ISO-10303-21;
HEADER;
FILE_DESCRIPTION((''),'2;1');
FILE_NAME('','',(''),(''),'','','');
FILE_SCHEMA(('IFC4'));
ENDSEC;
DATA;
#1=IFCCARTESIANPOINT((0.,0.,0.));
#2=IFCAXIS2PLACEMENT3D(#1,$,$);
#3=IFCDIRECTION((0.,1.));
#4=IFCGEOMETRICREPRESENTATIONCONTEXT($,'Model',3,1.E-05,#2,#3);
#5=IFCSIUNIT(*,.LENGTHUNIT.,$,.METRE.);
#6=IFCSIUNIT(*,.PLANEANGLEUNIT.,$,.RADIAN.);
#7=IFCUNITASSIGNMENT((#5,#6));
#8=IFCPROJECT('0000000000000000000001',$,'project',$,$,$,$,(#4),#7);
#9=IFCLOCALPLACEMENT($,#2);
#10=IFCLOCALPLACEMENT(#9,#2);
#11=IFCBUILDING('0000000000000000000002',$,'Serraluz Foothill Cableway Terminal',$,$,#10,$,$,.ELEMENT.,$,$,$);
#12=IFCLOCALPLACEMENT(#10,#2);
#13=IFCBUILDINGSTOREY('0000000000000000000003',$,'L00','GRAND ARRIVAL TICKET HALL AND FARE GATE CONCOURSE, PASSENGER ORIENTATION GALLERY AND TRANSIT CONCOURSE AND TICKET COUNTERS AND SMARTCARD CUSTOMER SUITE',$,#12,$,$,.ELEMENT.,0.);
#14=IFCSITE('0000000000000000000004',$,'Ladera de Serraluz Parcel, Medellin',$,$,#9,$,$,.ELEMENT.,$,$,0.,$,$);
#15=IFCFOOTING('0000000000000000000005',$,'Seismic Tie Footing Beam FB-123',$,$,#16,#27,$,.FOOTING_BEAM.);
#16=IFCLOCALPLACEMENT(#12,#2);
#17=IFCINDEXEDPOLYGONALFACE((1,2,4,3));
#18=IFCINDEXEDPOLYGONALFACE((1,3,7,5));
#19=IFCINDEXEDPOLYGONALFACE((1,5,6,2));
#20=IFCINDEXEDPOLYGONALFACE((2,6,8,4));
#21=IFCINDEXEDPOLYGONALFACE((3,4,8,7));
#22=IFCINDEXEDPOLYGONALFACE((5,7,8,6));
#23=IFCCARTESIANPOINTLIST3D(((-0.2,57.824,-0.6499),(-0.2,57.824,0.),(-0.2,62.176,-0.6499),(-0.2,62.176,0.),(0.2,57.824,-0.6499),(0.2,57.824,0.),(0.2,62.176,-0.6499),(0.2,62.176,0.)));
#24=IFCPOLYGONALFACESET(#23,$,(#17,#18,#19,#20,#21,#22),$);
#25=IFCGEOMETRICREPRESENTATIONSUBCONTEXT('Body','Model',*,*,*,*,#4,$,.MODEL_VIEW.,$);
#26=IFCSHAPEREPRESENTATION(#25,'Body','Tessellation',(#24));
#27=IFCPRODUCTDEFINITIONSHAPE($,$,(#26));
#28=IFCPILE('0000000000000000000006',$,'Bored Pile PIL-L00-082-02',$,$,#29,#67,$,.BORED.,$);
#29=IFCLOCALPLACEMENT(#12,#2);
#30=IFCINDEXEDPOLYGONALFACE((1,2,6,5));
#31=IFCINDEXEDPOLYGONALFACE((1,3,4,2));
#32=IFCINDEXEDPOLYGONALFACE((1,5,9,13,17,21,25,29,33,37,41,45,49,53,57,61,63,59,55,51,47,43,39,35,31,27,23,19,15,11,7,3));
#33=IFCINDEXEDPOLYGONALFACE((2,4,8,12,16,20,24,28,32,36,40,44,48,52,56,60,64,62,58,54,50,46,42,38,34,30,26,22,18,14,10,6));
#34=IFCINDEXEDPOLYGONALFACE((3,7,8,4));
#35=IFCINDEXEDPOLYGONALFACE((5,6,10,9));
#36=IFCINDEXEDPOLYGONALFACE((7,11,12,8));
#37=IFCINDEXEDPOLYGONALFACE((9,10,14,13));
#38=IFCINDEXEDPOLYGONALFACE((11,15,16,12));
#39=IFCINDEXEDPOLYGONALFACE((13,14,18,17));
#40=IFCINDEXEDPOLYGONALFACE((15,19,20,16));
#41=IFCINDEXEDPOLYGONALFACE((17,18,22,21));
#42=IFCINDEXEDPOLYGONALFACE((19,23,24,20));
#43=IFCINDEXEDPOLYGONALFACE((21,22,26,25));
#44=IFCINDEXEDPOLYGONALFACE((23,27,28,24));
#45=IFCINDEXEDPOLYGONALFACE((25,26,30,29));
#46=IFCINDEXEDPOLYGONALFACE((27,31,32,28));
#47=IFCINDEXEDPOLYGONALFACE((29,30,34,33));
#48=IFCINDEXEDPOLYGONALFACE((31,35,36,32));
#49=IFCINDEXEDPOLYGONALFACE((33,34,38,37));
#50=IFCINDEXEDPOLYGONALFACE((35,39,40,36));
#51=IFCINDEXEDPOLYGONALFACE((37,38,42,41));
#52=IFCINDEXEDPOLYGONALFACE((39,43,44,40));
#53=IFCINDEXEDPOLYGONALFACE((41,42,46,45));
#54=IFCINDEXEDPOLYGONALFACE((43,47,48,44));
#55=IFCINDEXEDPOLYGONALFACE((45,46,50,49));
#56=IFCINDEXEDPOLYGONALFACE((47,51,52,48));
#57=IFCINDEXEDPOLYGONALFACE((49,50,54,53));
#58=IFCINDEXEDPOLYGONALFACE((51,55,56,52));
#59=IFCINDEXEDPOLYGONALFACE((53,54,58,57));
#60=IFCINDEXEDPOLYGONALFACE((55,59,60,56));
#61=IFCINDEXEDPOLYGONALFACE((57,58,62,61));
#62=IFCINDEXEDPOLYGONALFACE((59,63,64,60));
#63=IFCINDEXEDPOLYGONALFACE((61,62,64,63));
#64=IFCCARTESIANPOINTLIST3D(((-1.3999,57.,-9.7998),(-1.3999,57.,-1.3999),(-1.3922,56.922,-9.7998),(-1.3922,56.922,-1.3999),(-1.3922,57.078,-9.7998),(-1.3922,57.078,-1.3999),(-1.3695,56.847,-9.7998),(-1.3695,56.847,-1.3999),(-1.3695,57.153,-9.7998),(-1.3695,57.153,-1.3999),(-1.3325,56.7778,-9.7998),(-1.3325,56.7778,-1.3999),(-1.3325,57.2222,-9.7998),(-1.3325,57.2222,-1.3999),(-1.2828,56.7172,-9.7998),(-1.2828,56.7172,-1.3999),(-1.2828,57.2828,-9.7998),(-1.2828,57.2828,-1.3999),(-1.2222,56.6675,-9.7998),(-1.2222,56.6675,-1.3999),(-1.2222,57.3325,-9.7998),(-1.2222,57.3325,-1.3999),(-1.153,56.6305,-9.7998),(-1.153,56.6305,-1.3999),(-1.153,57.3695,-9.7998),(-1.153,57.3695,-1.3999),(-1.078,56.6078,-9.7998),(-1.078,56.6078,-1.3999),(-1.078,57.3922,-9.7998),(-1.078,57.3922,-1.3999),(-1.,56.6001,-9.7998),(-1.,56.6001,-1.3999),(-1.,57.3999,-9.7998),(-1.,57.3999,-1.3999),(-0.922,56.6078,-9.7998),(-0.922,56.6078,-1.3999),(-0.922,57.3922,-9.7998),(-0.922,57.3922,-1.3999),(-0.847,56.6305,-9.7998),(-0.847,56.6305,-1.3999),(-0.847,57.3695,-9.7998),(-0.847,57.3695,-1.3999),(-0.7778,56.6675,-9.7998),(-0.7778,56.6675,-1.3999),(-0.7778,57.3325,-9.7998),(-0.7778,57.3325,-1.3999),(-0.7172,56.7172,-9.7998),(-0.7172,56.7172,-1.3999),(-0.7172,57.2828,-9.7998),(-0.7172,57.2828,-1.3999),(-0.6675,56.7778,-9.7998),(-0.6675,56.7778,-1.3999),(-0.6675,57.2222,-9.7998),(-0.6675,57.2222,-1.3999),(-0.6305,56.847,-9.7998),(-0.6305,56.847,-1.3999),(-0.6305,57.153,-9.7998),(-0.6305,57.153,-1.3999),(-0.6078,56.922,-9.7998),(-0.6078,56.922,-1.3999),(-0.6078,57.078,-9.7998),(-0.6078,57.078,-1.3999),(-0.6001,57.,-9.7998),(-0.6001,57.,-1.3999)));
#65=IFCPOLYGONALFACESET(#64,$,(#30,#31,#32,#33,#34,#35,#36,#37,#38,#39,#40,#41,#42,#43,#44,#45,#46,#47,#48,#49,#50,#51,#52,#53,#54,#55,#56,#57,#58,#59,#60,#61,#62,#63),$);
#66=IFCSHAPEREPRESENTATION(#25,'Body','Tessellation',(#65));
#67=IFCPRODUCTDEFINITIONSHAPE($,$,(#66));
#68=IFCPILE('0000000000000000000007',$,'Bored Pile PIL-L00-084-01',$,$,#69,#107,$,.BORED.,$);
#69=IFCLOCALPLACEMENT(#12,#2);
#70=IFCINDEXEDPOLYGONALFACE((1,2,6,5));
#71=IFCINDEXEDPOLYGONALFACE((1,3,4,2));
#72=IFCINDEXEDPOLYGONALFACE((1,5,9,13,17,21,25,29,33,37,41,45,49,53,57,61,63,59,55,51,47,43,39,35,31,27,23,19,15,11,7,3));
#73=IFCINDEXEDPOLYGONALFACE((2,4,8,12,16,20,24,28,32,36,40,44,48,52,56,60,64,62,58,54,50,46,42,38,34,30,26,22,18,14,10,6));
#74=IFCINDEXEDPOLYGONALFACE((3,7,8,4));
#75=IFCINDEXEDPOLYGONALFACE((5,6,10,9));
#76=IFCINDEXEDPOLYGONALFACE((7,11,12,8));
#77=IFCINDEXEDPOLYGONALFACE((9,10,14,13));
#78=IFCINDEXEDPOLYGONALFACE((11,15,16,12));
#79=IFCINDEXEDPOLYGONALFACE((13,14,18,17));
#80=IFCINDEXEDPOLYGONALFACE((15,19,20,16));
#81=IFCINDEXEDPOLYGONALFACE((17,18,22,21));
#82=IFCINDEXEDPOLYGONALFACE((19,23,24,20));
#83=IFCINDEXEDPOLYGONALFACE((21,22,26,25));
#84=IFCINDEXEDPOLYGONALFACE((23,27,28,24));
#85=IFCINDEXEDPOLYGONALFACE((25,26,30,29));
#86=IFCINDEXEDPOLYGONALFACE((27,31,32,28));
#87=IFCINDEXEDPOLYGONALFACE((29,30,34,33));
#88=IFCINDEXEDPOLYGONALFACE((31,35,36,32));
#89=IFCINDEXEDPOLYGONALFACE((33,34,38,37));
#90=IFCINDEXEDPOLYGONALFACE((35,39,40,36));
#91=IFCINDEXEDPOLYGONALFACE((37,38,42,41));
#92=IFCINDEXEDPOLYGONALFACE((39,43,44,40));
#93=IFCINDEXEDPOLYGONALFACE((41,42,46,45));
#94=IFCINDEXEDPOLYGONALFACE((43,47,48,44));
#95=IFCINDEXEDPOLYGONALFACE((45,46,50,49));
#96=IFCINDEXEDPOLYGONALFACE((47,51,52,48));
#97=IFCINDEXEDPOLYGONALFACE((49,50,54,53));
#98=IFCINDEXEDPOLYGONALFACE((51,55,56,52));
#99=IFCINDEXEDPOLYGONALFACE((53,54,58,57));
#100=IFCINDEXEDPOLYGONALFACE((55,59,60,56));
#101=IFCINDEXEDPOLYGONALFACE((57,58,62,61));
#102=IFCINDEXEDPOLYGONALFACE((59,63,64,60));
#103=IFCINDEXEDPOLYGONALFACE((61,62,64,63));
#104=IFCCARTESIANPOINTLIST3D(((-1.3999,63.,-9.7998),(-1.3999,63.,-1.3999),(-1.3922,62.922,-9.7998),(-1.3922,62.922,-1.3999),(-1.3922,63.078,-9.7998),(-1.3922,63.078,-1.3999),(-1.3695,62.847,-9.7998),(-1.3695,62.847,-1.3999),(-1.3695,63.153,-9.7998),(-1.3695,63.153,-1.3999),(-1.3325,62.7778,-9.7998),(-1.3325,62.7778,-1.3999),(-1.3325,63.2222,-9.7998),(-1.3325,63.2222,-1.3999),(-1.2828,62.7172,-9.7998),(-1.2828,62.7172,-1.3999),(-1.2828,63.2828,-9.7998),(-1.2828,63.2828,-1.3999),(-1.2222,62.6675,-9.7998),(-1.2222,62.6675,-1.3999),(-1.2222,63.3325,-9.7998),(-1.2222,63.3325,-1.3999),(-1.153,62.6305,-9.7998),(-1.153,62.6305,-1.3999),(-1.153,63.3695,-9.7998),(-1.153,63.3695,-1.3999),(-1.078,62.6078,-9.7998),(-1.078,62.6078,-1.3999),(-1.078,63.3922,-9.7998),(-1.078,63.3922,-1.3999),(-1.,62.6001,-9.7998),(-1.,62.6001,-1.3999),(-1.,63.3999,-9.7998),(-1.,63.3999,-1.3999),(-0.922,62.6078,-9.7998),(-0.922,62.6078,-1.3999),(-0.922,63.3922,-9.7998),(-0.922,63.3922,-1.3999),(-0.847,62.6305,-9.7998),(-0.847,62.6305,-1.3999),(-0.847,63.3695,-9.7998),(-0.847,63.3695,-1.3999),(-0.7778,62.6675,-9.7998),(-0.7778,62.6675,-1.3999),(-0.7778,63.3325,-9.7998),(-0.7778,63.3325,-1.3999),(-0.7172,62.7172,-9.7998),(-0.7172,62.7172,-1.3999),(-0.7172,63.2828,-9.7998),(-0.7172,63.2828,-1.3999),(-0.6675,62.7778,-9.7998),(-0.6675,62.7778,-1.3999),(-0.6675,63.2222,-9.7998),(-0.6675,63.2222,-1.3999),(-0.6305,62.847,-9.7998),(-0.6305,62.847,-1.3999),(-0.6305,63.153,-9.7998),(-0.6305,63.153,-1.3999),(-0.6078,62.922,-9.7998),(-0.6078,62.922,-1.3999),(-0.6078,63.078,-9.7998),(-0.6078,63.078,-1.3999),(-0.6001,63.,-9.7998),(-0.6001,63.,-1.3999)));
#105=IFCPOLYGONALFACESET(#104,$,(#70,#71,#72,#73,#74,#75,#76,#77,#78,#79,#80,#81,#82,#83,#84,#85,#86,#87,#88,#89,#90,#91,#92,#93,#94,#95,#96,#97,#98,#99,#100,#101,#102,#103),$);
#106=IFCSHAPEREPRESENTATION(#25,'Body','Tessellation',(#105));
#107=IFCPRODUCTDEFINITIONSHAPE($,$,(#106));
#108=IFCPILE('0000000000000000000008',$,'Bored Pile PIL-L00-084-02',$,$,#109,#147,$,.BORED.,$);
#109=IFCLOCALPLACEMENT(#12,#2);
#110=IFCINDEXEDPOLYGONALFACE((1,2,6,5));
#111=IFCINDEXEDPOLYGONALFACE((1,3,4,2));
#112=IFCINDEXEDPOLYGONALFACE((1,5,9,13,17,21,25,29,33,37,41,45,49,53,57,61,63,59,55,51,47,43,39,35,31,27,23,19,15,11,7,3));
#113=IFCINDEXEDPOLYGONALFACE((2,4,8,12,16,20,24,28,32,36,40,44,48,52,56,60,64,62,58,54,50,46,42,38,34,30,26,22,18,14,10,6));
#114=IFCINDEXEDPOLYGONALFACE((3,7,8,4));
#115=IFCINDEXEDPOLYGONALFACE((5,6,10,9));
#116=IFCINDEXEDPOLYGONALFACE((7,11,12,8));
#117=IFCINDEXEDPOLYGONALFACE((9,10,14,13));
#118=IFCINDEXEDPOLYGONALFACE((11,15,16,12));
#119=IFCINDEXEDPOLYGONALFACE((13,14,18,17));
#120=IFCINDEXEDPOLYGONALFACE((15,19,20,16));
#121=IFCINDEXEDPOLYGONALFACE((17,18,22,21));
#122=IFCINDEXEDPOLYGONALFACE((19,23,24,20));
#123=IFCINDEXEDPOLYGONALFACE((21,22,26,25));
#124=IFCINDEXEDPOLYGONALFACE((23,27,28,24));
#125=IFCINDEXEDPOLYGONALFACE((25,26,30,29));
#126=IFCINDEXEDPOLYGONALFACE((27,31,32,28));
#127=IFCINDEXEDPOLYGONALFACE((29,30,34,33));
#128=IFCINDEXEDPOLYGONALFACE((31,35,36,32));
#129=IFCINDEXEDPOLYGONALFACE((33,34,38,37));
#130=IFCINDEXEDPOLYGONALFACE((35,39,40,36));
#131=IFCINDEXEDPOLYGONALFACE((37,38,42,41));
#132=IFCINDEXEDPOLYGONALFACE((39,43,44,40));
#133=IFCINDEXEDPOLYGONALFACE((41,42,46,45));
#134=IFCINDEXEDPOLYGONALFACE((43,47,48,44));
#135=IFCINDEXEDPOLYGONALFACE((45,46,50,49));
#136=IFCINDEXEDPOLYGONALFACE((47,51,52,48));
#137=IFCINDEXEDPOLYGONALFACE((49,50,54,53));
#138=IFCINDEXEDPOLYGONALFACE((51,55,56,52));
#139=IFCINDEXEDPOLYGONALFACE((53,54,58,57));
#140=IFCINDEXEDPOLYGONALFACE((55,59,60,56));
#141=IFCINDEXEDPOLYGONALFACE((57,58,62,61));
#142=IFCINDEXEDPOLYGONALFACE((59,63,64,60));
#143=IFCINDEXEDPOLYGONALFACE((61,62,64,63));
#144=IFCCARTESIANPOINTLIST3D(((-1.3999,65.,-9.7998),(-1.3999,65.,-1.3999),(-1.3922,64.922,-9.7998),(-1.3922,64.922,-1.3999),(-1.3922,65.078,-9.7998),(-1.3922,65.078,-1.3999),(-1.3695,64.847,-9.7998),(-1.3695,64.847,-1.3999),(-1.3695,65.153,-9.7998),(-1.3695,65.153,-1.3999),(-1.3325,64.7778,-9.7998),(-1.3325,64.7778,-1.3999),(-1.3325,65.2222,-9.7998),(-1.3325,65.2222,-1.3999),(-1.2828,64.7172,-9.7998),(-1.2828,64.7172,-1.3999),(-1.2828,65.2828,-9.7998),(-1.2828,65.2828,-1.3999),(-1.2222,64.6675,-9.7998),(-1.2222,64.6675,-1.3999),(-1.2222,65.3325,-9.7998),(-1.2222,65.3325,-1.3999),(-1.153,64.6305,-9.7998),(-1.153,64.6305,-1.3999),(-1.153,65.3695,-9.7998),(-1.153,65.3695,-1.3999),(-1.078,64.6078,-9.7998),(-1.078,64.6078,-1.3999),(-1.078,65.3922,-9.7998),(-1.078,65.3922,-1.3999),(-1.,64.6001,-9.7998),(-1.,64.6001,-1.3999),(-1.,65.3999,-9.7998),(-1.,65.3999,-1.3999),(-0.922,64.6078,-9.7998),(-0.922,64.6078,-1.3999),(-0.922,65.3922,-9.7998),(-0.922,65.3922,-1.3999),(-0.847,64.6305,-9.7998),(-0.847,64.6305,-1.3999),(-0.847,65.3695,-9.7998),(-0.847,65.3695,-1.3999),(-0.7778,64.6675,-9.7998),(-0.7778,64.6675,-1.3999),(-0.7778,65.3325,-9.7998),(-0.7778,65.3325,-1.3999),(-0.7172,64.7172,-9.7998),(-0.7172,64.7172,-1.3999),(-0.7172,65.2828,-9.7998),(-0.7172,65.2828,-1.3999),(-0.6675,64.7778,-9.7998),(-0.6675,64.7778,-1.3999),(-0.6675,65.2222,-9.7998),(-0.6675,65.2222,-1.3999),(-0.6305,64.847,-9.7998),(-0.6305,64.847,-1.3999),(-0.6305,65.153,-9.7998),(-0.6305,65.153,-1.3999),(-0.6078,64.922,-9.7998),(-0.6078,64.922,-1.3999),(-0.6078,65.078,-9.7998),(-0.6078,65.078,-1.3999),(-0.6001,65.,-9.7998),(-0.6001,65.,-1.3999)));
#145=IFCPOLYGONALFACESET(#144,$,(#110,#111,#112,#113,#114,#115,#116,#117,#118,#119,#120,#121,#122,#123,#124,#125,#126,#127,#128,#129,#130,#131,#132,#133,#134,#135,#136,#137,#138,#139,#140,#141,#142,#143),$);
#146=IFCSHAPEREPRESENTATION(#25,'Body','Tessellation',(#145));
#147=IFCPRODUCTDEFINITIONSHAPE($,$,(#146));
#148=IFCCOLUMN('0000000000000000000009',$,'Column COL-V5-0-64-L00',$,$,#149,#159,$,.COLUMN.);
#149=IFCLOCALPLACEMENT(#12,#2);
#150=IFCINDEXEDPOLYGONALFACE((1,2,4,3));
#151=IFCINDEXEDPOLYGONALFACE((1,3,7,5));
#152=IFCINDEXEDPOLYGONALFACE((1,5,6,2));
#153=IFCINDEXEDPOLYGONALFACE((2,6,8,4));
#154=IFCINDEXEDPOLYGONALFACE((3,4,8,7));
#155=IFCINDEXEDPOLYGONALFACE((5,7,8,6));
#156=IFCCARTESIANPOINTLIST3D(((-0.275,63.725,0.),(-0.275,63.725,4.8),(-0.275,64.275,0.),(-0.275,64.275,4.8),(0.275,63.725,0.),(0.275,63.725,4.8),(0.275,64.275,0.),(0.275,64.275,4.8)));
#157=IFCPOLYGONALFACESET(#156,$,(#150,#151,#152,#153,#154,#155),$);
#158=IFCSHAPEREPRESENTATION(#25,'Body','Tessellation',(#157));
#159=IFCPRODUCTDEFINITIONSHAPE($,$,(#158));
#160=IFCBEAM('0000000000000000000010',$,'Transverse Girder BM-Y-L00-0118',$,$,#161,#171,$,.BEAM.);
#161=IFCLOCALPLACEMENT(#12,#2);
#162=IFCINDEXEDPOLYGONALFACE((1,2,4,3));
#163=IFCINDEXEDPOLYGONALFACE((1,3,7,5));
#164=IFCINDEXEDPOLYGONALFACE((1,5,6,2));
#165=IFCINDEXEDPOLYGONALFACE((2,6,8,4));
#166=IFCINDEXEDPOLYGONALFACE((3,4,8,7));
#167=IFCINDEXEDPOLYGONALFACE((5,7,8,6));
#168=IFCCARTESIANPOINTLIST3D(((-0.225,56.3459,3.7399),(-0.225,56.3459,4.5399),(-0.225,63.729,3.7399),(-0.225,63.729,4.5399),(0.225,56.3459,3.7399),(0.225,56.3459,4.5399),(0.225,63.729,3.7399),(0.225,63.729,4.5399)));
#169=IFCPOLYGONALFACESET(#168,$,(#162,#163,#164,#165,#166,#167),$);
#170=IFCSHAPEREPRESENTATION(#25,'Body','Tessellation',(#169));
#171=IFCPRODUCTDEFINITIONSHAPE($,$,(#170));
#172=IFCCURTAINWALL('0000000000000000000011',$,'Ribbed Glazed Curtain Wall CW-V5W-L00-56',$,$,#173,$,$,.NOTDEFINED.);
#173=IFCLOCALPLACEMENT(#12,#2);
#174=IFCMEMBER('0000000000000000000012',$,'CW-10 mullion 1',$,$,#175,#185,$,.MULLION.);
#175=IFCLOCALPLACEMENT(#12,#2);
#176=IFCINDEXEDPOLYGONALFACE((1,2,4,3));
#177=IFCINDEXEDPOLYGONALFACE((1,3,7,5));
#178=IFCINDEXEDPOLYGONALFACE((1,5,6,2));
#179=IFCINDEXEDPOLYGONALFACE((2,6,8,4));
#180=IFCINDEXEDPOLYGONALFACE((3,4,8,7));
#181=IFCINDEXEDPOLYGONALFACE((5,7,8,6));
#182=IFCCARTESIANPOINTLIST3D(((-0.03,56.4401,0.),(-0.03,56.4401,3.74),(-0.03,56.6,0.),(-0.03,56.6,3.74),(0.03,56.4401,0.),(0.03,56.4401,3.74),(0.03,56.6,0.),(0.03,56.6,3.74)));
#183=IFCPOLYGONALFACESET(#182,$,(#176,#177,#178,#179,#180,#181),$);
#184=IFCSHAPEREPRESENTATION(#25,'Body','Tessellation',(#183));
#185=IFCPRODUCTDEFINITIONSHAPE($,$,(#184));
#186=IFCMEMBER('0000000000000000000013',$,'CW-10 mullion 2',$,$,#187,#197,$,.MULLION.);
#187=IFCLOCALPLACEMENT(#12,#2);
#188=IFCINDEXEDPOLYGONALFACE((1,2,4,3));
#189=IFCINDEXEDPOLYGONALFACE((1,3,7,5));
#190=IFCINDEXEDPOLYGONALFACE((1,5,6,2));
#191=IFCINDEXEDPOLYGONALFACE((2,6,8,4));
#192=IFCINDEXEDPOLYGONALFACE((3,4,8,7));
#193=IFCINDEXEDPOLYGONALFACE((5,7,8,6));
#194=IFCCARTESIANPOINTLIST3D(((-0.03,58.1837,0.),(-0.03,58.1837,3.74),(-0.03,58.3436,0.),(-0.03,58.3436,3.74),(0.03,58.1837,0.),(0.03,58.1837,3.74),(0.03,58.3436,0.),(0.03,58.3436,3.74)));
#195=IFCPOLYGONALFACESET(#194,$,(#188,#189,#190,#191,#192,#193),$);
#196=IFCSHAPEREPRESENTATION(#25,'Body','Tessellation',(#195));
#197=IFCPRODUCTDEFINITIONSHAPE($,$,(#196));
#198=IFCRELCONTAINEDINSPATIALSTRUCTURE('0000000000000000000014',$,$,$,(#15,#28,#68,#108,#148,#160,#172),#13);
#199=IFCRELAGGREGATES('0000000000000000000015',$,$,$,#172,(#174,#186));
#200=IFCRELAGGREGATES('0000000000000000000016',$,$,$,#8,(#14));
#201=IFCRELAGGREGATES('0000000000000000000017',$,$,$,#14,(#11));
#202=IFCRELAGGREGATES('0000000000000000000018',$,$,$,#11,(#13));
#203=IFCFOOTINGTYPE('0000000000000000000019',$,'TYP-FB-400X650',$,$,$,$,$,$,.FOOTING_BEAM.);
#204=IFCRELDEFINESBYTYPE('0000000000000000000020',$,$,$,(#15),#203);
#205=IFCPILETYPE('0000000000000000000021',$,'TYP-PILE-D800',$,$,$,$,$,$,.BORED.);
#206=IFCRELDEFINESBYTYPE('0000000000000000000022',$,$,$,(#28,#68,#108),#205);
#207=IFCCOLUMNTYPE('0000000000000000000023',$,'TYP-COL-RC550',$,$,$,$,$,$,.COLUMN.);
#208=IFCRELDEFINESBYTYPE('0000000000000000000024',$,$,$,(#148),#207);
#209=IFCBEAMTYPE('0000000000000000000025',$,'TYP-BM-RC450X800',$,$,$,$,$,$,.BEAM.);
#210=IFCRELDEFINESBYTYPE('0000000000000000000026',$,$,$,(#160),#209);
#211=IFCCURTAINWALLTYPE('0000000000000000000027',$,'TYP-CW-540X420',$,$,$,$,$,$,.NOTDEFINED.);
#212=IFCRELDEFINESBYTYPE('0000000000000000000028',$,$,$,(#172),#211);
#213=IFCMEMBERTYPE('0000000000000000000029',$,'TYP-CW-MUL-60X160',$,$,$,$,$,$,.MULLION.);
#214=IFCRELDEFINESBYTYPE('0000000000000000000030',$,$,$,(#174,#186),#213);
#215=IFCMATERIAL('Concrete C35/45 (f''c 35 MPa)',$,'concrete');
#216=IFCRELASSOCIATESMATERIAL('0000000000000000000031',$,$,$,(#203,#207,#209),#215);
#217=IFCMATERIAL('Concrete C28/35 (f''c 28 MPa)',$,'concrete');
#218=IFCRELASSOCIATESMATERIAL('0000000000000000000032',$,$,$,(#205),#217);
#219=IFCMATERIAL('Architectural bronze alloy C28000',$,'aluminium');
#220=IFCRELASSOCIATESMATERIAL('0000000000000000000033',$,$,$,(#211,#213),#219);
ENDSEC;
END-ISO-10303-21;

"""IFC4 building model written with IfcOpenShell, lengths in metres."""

from ifc_helpers import new_model, si_unit, direction, frame, origin, origin_2d, place, context, subcontext, project, spatial, rectangle, circle, extrude, material, material_profile, profile_set, type_object, element, aggregate, save


model = new_model("IFC4")

# Units and contexts
model_context = context("Model", 3, precision=1e-05, world=origin(), true_north=direction((0.0, 1.0)))
body_context = subcontext(model_context, "Body", "Model", "MODEL_VIEW")
ifc_project = project(units=[si_unit("LENGTHUNIT", "METRE"), si_unit("PLANEANGLEUNIT", "RADIAN")], contexts=[model_context])

# Site, building, storey
site_placement = place(None, origin())
site = spatial("IfcSite", under=ifc_project, at=site_placement, Name="Ladera de Serraluz Parcel, Medellin", CompositionType="ELEMENT", RefElevation=0.0)
building_placement = place(site_placement, origin())
building = spatial("IfcBuilding", under=site, at=building_placement, Name="Serraluz Foothill Cableway Terminal", CompositionType="ELEMENT")
storey_placement = place(building_placement, origin())
storey = spatial("IfcBuildingStorey", under=building, at=storey_placement, Name="L00", Description="GRAND ARRIVAL TICKET HALL AND FARE GATE CONCOURSE, PASSENGER ORIENTATION GALLERY AND TRANSIT CONCOURSE AND TICKET COUNTERS AND SMARTCARD CUSTOMER SUITE", CompositionType="ELEMENT", Elevation=0.0)

# Footing
ifc_material_1 = material(Name="Concrete C35/45 (f'c 35 MPa)", Category="concrete")
ifc_material_profile_1 = material_profile(ifc_material_1, rectangle(XDim=0.3999, YDim=0.6499, at=origin_2d()), Name="RC 400x650")
ifc_profile_set_1 = profile_set([ifc_material_profile_1], Name="Concrete C35/45 (f'c 35 MPa)")
footing_type = type_object("IfcFootingType", Name="TYP-FB-400X650", PredefinedType="FOOTING_BEAM", material=ifc_profile_set_1)
footing_placement = place(storey_placement, frame((0.0, 57.824, -0.325), z_axis=(0.0, 1.0, 0.0), x_axis=(-1.0, 0.0, 0.0)))
element("IfcFooting", 1, at=footing_placement, inside=storey, type_object=footing_type, Name="Seismic Tie Footing Beam FB-123", PredefinedType="FOOTING_BEAM", context=body_context, shape_type="SweptSolid", body=[
    extrude(rectangle(XDim=0.3999, YDim=0.6499, at=origin_2d()), origin(), (0.0, 0.0, 1.0), 4.3521),
])

# Piles
ifc_material_2 = material(Name="Concrete C28/35 (f'c 28 MPa)", Category="concrete")
ifc_material_profile_2 = material_profile(ifc_material_2, circle(Radius=0.3999, at=origin_2d()), Name="BORED PILE D800")
ifc_profile_set_2 = profile_set([ifc_material_profile_2], Name="Concrete C28/35 (f'c 28 MPa)")
pile_type = type_object("IfcPileType", Name="TYP-PILE-D800", PredefinedType="BORED", material=ifc_profile_set_2)
for number, where, z_axis, x_axis, name in (
    (2, (-1.0, 57.0, -1.3999), (0.0, 0.0, -1.0), (1.0, 0.0, 0.0), "Bored Pile PIL-L00-082-02"),
    (3, (-1.0, 63.0, -1.3999), (0.0, 0.0, -1.0), (1.0, 0.0, 0.0), "Bored Pile PIL-L00-084-01"),
    (4, (-1.0, 65.0, -1.3999), (0.0, 0.0, -1.0), (1.0, 0.0, 0.0), "Bored Pile PIL-L00-084-02"),
):
    element("IfcPile", number, at=place(storey_placement, frame(where, z_axis=z_axis, x_axis=x_axis)), inside=storey, type_object=pile_type, Name=name, PredefinedType="BORED", context=body_context, shape_type="SweptSolid", body=[
        extrude(circle(Radius=0.3999, at=origin_2d()), origin(), (0.0, 0.0, 1.0), 8.3999),
    ])

# Column
ifc_material_profile_3 = material_profile(ifc_material_1, rectangle(XDim=0.55, YDim=0.55, at=origin_2d()), Name="RC 550x550")
ifc_profile_set_3 = profile_set([ifc_material_profile_3], Name="Concrete C35/45 (f'c 35 MPa)")
column_type = type_object("IfcColumnType", Name="TYP-COL-RC550", PredefinedType="COLUMN", material=ifc_profile_set_3)
column_placement = place(storey_placement, frame((0.0, 64.0, 0.0), z_axis=(0.0, 0.0, 1.0), x_axis=(1.0, 0.0, 0.0)))
element("IfcColumn", 5, at=column_placement, inside=storey, type_object=column_type, Name="Column COL-V5-0-64-L00", PredefinedType="COLUMN", context=body_context, shape_type="SweptSolid", body=[
    extrude(rectangle(XDim=0.55, YDim=0.55, at=origin_2d()), origin(), (0.0, 0.0, 1.0), 4.8),
])

# Beam
ifc_material_profile_4 = material_profile(ifc_material_1, rectangle(XDim=0.45, YDim=0.8, at=origin_2d()), Name="RC 450x800")
ifc_profile_set_4 = profile_set([ifc_material_profile_4], Name="Concrete C35/45 (f'c 35 MPa)")
beam_type_1 = type_object("IfcBeamType", Name="TYP-BM-RC450X800", PredefinedType="BEAM", material=ifc_profile_set_4)
beam_1_placement = place(storey_placement, frame((0.0, 56.3459, 4.1399), z_axis=(0.0, 1.0, 0.0), x_axis=(-1.0, 0.0, 0.0)))
element("IfcBeam", 6, at=beam_1_placement, inside=storey, type_object=beam_type_1, Name="Transverse Girder BM-Y-L00-0118", PredefinedType="BEAM", context=body_context, shape_type="SweptSolid", body=[
    extrude(rectangle(XDim=0.45, YDim=0.8, at=origin_2d()), origin(), (0.0, 0.0, 1.0), 7.3831),
])

# Curtain wall, members
ifc_material_3 = material(Name="Architectural bronze alloy C28000", Category="aluminium")
curtain_wall_type = type_object("IfcCurtainWallType", Name="TYP-CW-540X420", PredefinedType="NOTDEFINED", material=ifc_material_3)
curtain_wall_placement = place(storey_placement, origin())
curtain_wall = element("IfcCurtainWall", 7, at=curtain_wall_placement, inside=storey, type_object=curtain_wall_type, Name="Ribbed Glazed Curtain Wall CW-V5W-L00-56", PredefinedType="NOTDEFINED")
ifc_material_profile_5 = material_profile(ifc_material_3, rectangle(XDim=0.0601, YDim=0.1599, at=origin_2d()), Name="ALU MULLION 60x160")
ifc_profile_set_5 = profile_set([ifc_material_profile_5], Name="Architectural bronze alloy C28000")
member_type_1 = type_object("IfcMemberType", Name="TYP-CW-MUL-60X160", PredefinedType="MULLION", material=ifc_profile_set_5)
member_1_placement = place(storey_placement, frame((0.0, 56.52, 0.0), z_axis=(0.0, 0.0, 1.0), x_axis=(-1.0, 0.0, 0.0)))
member_1 = element("IfcMember", 8, at=member_1_placement, type_object=member_type_1, Name="CW-10 mullion 1", PredefinedType="MULLION", context=body_context, shape_type="SweptSolid", body=[
    extrude(rectangle(XDim=0.0601, YDim=0.1599, at=origin_2d()), origin(), (0.0, 0.0, 1.0), 3.74),
])
member_2_placement = place(storey_placement, frame((0.0, 58.2637, 0.0), z_axis=(0.0, 0.0, 1.0), x_axis=(-1.0, 0.0, 0.0)))
member_2 = element("IfcMember", 9, at=member_2_placement, type_object=member_type_1, Name="CW-10 mullion 2", PredefinedType="MULLION", context=body_context, shape_type="SweptSolid", body=[
    extrude(rectangle(XDim=0.0601, YDim=0.1599, at=origin_2d()), origin(), (0.0, 0.0, 1.0), 3.74),
])

aggregate(curtain_wall, [member_1, member_2])

save(model, "model.ifc")
